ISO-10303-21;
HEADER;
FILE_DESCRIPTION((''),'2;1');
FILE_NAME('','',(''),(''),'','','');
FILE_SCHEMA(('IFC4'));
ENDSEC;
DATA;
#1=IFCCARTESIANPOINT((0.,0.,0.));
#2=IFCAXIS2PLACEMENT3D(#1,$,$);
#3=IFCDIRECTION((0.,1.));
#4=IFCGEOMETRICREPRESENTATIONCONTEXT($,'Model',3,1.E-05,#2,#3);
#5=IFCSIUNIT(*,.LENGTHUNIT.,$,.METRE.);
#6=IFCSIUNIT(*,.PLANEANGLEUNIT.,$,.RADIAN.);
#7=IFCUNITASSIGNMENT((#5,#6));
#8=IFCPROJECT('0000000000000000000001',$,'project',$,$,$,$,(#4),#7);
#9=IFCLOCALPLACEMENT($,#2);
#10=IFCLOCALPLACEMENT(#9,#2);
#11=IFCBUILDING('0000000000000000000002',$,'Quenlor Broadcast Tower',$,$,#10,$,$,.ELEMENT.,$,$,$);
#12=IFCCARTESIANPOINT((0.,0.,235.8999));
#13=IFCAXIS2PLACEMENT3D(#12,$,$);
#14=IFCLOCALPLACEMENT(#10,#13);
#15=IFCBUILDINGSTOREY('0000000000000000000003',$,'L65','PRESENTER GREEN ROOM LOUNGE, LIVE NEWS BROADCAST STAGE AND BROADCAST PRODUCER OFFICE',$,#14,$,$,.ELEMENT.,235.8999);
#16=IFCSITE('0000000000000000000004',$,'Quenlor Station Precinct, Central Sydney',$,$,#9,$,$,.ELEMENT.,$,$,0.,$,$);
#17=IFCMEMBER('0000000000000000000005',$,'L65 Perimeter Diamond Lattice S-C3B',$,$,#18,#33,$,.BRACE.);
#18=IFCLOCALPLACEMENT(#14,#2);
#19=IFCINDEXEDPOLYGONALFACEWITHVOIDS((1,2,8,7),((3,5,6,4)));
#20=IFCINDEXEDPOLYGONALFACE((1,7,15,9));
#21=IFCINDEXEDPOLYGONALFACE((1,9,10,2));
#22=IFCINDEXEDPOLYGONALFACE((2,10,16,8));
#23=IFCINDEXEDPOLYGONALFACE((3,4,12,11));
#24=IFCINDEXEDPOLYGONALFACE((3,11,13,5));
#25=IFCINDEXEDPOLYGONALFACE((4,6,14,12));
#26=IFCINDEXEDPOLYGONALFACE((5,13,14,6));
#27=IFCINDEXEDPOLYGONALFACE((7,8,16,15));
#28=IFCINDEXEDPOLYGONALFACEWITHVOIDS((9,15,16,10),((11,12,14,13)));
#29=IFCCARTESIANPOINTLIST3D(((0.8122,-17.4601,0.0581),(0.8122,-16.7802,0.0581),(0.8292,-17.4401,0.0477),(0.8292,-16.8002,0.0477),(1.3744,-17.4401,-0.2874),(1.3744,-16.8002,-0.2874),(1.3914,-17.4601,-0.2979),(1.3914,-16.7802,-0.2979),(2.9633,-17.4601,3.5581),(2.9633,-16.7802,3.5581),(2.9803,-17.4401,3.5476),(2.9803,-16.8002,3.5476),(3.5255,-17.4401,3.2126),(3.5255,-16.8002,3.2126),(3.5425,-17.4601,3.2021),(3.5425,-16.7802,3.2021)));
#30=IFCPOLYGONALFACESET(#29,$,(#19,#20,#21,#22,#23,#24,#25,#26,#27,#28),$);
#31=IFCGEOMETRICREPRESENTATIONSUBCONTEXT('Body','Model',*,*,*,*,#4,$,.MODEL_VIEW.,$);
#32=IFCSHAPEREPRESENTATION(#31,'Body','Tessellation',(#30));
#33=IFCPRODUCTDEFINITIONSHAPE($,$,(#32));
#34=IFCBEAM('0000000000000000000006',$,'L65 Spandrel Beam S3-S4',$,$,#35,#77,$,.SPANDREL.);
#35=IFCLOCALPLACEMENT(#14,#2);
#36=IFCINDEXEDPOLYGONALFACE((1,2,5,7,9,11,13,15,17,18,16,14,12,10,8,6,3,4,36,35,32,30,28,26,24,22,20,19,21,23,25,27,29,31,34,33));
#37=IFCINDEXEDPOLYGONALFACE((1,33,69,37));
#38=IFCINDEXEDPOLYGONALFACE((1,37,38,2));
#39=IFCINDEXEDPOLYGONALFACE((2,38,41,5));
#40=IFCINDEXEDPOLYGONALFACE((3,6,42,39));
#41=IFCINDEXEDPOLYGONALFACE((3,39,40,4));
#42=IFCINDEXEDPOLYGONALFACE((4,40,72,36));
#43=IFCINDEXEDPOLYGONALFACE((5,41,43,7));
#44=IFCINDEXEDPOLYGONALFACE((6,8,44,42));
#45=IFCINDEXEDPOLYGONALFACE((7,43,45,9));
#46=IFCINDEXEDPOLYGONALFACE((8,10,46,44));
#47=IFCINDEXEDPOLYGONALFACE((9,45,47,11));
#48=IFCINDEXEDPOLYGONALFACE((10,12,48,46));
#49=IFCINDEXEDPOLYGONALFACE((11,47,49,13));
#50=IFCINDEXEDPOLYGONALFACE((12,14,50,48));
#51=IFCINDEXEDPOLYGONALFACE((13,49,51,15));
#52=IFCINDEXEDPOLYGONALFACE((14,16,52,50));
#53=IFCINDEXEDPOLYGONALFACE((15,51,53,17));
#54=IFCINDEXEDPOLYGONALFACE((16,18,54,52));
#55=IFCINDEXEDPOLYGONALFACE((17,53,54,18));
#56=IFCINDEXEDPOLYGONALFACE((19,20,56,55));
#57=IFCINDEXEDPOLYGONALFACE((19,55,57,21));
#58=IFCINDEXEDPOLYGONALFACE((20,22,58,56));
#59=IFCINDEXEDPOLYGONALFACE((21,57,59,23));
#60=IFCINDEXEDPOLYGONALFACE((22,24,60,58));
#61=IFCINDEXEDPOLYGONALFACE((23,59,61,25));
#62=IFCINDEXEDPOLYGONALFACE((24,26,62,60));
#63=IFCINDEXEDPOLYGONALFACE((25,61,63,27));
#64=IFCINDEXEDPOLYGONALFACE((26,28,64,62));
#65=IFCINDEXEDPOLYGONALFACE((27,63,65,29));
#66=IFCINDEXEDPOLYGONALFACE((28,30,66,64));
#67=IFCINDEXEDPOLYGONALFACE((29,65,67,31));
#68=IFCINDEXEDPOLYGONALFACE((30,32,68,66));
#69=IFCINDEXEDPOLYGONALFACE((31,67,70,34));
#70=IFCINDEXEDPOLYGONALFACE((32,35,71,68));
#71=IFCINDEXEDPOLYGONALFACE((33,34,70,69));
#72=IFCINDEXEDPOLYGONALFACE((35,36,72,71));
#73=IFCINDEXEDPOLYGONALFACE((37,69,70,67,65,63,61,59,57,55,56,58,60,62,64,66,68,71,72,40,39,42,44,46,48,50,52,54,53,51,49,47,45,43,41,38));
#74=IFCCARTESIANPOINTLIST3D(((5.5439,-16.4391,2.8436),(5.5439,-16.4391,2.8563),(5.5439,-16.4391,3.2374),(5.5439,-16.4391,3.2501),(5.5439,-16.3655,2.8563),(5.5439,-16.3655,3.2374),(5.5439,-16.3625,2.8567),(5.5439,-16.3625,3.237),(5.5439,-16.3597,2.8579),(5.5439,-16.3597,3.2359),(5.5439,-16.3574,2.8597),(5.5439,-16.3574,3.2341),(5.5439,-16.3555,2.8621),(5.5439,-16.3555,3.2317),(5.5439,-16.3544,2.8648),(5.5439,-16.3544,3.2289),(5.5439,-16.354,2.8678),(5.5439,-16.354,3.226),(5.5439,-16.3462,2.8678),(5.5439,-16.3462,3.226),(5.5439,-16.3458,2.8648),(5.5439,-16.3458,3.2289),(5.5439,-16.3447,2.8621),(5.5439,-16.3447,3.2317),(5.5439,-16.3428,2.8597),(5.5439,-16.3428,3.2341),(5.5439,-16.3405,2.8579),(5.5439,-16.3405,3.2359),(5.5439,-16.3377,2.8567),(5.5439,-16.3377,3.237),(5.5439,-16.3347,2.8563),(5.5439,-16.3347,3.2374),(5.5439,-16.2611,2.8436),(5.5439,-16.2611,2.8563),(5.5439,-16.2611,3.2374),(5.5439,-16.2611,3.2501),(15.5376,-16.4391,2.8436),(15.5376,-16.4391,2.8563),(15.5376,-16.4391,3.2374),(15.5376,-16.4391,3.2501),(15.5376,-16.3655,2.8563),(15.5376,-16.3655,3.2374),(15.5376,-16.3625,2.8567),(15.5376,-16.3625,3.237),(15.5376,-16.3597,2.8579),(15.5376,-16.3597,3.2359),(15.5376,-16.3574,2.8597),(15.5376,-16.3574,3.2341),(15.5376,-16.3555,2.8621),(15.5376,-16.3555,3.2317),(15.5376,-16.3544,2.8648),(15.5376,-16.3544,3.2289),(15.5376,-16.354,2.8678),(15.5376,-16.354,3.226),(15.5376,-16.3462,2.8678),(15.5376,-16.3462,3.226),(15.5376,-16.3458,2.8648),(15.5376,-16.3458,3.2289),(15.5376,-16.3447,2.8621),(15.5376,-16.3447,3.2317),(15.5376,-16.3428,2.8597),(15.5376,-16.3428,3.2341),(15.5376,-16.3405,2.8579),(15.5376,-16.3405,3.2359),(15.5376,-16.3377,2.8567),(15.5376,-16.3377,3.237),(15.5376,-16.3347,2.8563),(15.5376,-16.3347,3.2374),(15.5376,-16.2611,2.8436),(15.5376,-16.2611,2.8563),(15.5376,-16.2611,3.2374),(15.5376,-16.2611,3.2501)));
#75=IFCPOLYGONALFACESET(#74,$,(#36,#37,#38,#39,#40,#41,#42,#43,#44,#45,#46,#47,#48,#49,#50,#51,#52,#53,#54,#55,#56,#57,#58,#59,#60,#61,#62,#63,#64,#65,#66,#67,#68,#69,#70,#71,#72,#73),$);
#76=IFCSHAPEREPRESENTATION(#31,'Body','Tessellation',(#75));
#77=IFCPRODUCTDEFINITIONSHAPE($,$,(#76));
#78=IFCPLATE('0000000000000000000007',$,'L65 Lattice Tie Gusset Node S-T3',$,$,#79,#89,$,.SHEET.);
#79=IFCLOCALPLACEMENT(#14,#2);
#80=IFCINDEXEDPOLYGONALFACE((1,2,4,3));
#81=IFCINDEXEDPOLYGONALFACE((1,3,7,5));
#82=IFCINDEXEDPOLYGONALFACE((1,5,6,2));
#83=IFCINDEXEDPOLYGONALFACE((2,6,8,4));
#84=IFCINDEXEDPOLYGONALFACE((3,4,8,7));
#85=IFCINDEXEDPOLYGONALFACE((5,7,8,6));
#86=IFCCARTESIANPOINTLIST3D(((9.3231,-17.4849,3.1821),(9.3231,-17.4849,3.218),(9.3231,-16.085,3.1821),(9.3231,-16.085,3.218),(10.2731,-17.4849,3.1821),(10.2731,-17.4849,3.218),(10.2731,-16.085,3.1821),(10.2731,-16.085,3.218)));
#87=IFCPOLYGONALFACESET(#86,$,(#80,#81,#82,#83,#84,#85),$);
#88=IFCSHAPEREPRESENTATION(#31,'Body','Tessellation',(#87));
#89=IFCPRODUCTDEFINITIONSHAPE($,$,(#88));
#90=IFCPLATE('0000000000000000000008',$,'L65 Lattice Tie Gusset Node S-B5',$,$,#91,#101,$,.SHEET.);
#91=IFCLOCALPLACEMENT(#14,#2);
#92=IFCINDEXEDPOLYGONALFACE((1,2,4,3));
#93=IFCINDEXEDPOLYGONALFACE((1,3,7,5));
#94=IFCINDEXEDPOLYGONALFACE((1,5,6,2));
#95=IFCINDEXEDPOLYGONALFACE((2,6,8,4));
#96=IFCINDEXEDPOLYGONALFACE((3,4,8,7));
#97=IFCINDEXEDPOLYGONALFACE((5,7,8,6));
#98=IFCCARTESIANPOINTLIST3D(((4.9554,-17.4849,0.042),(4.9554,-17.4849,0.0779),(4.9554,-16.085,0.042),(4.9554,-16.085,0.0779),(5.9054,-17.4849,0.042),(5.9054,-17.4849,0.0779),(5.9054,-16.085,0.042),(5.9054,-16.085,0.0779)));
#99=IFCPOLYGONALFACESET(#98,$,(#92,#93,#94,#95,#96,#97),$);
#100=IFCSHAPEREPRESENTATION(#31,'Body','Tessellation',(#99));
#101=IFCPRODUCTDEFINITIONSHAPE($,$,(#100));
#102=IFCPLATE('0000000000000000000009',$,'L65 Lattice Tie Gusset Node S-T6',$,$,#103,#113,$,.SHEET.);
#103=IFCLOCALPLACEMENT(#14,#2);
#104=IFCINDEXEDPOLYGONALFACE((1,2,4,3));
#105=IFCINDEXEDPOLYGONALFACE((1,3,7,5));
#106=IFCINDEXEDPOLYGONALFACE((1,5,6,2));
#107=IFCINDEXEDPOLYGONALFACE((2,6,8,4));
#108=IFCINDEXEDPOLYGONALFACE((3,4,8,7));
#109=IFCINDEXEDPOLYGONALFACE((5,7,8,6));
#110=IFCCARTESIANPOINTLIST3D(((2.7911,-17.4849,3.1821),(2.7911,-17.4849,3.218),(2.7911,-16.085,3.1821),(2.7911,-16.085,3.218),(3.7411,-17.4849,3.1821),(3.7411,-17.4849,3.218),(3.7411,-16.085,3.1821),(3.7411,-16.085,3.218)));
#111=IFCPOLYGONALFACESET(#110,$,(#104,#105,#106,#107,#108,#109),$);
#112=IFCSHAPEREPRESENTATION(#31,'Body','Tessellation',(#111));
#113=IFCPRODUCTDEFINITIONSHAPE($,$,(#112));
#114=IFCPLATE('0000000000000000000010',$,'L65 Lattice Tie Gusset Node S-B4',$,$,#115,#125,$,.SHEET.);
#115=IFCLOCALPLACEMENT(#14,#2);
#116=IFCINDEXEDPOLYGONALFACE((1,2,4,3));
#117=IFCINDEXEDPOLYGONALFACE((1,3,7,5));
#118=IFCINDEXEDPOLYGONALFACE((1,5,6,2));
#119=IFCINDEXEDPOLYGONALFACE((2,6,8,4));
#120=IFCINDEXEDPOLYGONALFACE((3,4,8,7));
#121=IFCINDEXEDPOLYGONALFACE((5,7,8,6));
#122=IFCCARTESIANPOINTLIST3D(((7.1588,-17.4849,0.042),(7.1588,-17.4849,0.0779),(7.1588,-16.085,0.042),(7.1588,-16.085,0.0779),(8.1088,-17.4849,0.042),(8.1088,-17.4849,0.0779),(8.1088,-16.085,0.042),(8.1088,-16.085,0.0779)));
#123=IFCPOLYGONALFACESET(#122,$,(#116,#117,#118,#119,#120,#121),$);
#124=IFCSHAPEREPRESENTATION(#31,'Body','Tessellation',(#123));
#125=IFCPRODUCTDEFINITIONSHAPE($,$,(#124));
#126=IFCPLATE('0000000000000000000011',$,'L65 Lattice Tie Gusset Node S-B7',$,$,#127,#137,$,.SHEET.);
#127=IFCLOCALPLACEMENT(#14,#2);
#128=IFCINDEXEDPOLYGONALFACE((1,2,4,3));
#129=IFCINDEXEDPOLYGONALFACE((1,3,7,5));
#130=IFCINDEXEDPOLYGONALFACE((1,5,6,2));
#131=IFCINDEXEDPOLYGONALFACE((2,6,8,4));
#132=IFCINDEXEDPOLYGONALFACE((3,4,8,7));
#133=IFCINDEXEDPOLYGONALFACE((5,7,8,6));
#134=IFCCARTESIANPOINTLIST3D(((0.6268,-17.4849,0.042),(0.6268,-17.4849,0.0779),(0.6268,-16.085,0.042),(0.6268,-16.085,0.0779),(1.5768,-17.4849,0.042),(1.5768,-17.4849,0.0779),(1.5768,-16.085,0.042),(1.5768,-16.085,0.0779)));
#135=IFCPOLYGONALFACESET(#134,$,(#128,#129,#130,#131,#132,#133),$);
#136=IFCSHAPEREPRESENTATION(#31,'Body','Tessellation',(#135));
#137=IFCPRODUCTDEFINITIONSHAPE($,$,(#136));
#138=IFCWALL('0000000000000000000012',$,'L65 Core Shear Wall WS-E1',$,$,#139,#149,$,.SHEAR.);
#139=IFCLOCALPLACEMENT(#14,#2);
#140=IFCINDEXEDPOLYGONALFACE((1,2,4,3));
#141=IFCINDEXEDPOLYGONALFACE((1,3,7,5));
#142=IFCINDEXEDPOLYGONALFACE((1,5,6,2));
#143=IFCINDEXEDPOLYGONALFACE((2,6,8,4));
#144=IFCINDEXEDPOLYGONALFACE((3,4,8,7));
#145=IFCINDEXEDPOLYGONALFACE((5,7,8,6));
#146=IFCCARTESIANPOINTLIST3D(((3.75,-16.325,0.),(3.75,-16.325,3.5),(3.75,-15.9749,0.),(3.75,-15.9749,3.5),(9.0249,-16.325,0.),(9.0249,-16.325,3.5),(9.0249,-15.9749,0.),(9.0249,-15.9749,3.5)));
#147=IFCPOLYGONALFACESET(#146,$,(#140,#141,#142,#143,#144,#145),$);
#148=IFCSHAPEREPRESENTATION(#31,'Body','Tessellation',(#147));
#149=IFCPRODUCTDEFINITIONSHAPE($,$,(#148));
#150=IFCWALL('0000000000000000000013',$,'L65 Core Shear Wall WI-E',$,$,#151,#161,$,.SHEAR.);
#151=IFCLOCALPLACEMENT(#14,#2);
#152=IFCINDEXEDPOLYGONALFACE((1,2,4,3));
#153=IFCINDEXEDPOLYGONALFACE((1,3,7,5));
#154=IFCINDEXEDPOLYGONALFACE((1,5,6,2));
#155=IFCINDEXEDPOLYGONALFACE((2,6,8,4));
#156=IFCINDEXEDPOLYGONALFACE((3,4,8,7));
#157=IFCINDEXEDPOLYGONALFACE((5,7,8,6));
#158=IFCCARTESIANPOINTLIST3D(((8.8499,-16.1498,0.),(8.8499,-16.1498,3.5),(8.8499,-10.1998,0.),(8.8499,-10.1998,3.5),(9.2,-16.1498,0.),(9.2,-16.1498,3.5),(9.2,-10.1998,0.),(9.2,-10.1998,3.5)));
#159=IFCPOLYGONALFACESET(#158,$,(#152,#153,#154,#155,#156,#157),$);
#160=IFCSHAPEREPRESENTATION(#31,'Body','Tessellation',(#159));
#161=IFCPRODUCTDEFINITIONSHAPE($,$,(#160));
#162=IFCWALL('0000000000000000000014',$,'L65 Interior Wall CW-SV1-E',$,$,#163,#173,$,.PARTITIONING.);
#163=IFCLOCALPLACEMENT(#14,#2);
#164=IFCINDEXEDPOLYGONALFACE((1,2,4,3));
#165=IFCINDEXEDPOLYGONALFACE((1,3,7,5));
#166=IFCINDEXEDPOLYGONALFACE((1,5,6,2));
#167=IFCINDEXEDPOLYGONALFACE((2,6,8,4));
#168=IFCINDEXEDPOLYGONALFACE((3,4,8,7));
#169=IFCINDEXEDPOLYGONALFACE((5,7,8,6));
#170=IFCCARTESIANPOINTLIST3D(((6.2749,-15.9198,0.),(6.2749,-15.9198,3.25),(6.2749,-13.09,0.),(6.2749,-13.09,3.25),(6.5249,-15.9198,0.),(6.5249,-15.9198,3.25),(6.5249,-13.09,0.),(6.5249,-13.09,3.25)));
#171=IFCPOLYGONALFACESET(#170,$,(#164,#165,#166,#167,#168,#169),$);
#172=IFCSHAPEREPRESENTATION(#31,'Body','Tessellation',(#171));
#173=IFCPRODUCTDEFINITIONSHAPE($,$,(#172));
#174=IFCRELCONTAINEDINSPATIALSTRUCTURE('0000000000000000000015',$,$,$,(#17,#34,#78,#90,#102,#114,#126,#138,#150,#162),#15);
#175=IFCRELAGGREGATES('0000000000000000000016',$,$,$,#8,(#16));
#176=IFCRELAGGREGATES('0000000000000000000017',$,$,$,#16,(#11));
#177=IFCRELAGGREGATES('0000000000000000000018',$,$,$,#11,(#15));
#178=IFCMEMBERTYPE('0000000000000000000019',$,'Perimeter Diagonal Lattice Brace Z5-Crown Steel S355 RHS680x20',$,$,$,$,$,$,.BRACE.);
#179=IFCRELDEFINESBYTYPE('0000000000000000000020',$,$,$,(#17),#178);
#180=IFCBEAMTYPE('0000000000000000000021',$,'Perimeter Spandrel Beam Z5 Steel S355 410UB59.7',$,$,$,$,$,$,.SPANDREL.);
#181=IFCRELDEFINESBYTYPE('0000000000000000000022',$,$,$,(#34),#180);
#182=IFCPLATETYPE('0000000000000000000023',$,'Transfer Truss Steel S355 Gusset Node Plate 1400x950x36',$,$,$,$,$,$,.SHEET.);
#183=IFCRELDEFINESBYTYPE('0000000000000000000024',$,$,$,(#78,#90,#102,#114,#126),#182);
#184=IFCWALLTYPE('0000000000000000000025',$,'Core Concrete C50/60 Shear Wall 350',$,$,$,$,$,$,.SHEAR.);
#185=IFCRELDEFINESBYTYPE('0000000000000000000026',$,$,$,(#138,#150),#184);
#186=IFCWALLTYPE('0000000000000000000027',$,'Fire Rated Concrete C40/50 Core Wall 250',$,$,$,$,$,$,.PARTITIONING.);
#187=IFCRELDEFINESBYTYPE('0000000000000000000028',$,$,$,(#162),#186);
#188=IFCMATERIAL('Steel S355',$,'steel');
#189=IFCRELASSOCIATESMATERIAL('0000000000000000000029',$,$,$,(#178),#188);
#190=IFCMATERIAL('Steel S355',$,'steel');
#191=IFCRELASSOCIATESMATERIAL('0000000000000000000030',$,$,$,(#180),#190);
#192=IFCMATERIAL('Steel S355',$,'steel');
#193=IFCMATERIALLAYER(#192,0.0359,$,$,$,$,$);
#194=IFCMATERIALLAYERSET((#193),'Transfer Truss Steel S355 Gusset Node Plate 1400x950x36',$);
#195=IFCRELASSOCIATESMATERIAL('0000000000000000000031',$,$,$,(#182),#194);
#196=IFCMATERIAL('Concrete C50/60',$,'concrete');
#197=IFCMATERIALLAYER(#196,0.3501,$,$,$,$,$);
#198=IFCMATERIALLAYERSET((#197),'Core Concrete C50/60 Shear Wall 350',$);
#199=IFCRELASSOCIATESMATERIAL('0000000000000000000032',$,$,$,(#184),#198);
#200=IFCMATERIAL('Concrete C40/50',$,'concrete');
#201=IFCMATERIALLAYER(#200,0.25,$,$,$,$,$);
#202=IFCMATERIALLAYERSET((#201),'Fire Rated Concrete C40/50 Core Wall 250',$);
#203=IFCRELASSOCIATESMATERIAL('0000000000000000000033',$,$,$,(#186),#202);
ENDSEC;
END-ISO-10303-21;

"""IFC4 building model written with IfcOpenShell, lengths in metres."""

from ifc_helpers import new_model, si_unit, direction, frame, frame_2d, origin, origin_2d, place, context, subcontext, project, spatial, rectangle, hollow_rectangle, i_section, extrude, material, layer, layer_set, material_profile, profile_set, type_object, element, save


model = new_model("IFC4")

# Units and contexts
model_context = context("Model", 3, precision=1e-05, world=origin(), true_north=direction((0.0, 1.0)))
body_context = subcontext(model_context, "Body", "Model", "MODEL_VIEW")
ifc_project = project(units=[si_unit("LENGTHUNIT", "METRE"), si_unit("PLANEANGLEUNIT", "RADIAN")], contexts=[model_context])

# Site, building, storey
site_placement = place(None, origin())
site = spatial("IfcSite", under=ifc_project, at=site_placement, Name="Quenlor Station Precinct, Central Sydney", CompositionType="ELEMENT", RefElevation=0.0)
building_placement = place(site_placement, origin())
building = spatial("IfcBuilding", under=site, at=building_placement, Name="Quenlor Broadcast Tower", CompositionType="ELEMENT")
storey_placement = place(building_placement, frame((0.0, 0.0, 235.8999)))
storey = spatial("IfcBuildingStorey", under=building, at=storey_placement, Name="L65", Description="PRESENTER GREEN ROOM LOUNGE, LIVE NEWS BROADCAST STAGE AND BROADCAST PRODUCER OFFICE", CompositionType="ELEMENT", Elevation=235.8999)

# Member
ifc_material_1 = material(Name="Steel S355", Category="steel")
ifc_material_profile_1 = material_profile(ifc_material_1, hollow_rectangle(XDim=0.6799, YDim=0.6799, WallThickness=0.02, at=origin_2d()))
ifc_profile_set_1 = profile_set([ifc_material_profile_1], Name="Steel S355 RHS680x680x20")
member_type_1 = type_object("IfcMemberType", Name="Perimeter Diagonal Lattice Brace Z5-Crown Steel S355 RHS680x20", PredefinedType="BRACE", material=ifc_profile_set_1)
for number, where, z_axis, x_axis, name in (
    (1, (1.1018, -17.1201, -0.1199), (0.523617, 0.0, 0.851954), (0.0, 1.0, 0.0), "L65 Perimeter Diamond Lattice S-C3B"),
):
    element("IfcMember", number, at=place(storey_placement, frame(where, z_axis=z_axis, x_axis=x_axis)), inside=storey, type_object=member_type_1, Name=name, PredefinedType="BRACE", context=body_context, shape_type="SweptSolid", body=[
        extrude(hollow_rectangle(XDim=0.6799, YDim=0.6799, WallThickness=0.02, at=origin_2d()), origin(), (0.0, 0.0, 1.0), 4.1082),
    ])

# Beam
ifc_material_2 = material(Name="Steel S355", Category="steel")
ifc_material_profile_2 = material_profile(ifc_material_2, i_section(OverallWidth=0.178, OverallDepth=0.4065, WebThickness=0.0078, FlangeThickness=0.0127, FilletRadius=0.0115, at=origin_2d()))
ifc_profile_set_2 = profile_set([ifc_material_profile_2], Name="Steel S355 410UB59.7")
beam_type_1 = type_object("IfcBeamType", Name="Perimeter Spandrel Beam Z5 Steel S355 410UB59.7", PredefinedType="SPANDREL", material=ifc_profile_set_2)
beam_1_placement = place(storey_placement, frame((5.5439, -16.3501, 3.0469), z_axis=(1.0, 0.0, 0.0), x_axis=(0.0, 1.0, 0.0)))
element("IfcBeam", 2, at=beam_1_placement, inside=storey, type_object=beam_type_1, Name="L65 Spandrel Beam S3-S4", PredefinedType="SPANDREL", context=body_context, shape_type="SweptSolid", body=[
    extrude(i_section(OverallWidth=0.178, OverallDepth=0.4065, WebThickness=0.0078, FlangeThickness=0.0127, FilletRadius=0.0115, at=origin_2d()), origin(), (0.0, 0.0, 1.0), 9.9937),
])

# Plates
ifc_material_3 = material(Name="Steel S355", Category="steel")
ifc_layer_1 = layer(ifc_material_3, 0.0359)
ifc_layer_set_1 = layer_set([ifc_layer_1], Name="Transfer Truss Steel S355 Gusset Node Plate 1400x950x36")
plate_type = type_object("IfcPlateType", Name="Transfer Truss Steel S355 Gusset Node Plate 1400x950x36", PredefinedType="SHEET", material=ifc_layer_set_1)
for number, where, z_axis, x_axis, name in (
    (3, (9.7981, -16.7849, 3.1821), (0.0, 0.0, 1.0), (0.0, -1.0, 0.0), "L65 Lattice Tie Gusset Node S-T3"),
    (4, (5.4304, -16.7849, 0.042), (0.0, 0.0, 1.0), (0.0, -1.0, 0.0), "L65 Lattice Tie Gusset Node S-B5"),
    (5, (3.2661, -16.7849, 3.1821), (0.0, 0.0, 1.0), (0.0, -1.0, 0.0), "L65 Lattice Tie Gusset Node S-T6"),
    (6, (7.6338, -16.7849, 0.042), (0.0, 0.0, 1.0), (0.0, -1.0, 0.0), "L65 Lattice Tie Gusset Node S-B4"),
    (7, (1.1018, -16.7849, 0.042), (0.0, 0.0, 1.0), (0.0, -1.0, 0.0), "L65 Lattice Tie Gusset Node S-B7"),
):
    element("IfcPlate", number, at=place(storey_placement, frame(where, z_axis=z_axis, x_axis=x_axis)), inside=storey, type_object=plate_type, Name=name, PredefinedType="SHEET", context=body_context, shape_type="SweptSolid", body=[
        extrude(rectangle(XDim=1.3999, YDim=0.95, at=origin_2d()), origin(), (0.0, 0.0, 1.0), 0.0359),
    ])

# Walls
ifc_material_4 = material(Name="Concrete C50/60", Category="concrete")
ifc_layer_2 = layer(ifc_material_4, 0.3501)
ifc_layer_set_2 = layer_set([ifc_layer_2], Name="Core Concrete C50/60 Shear Wall 350")
wall_type_1 = type_object("IfcWallType", Name="Core Concrete C50/60 Shear Wall 350", PredefinedType="SHEAR", material=ifc_layer_set_2)
wall_1_placement = place(storey_placement, frame((3.75, -16.1499, 0.0), z_axis=(0.0, 0.0, 1.0), x_axis=(1.0, 0.0, 0.0)))
element("IfcWall", 8, at=wall_1_placement, inside=storey, type_object=wall_type_1, Name="L65 Core Shear Wall WS-E1", PredefinedType="SHEAR", context=body_context, shape_type="SweptSolid", body=[
    extrude(rectangle(XDim=5.2749, YDim=0.3501, at=frame_2d((2.6375, 0.0))), origin(), (0.0, 0.0, 1.0), 3.5),
])
wall_2_placement = place(storey_placement, frame((9.0249, -16.1499, 0.0), z_axis=(0.0, 0.0, 1.0), x_axis=(0.0, 1.0, 0.0)))
element("IfcWall", 9, at=wall_2_placement, inside=storey, type_object=wall_type_1, Name="L65 Core Shear Wall WI-E", PredefinedType="SHEAR", context=body_context, shape_type="SweptSolid", body=[
    extrude(rectangle(XDim=5.95, YDim=0.3501, at=frame_2d((2.9751, 0.0))), origin(), (0.0, 0.0, 1.0), 3.5),
])
ifc_material_5 = material(Name="Concrete C40/50", Category="concrete")
ifc_layer_3 = layer(ifc_material_5, 0.25)
ifc_layer_set_3 = layer_set([ifc_layer_3], Name="Fire Rated Concrete C40/50 Core Wall 250")
wall_type_2 = type_object("IfcWallType", Name="Fire Rated Concrete C40/50 Core Wall 250", PredefinedType="PARTITIONING", material=ifc_layer_set_3)
wall_3_placement = place(storey_placement, frame((6.3999, -15.9199, 0.0), z_axis=(0.0, 0.0, 1.0), x_axis=(0.0, 1.0, 0.0)))
element("IfcWall", 10, at=wall_3_placement, inside=storey, type_object=wall_type_2, Name="L65 Interior Wall CW-SV1-E", PredefinedType="PARTITIONING", context=body_context, shape_type="SweptSolid", body=[
    extrude(rectangle(XDim=2.8298, YDim=0.25, at=frame_2d((1.415, 0.0))), origin(), (0.0, 0.0, 1.0), 3.25),
])

save(model, "model.ifc")
